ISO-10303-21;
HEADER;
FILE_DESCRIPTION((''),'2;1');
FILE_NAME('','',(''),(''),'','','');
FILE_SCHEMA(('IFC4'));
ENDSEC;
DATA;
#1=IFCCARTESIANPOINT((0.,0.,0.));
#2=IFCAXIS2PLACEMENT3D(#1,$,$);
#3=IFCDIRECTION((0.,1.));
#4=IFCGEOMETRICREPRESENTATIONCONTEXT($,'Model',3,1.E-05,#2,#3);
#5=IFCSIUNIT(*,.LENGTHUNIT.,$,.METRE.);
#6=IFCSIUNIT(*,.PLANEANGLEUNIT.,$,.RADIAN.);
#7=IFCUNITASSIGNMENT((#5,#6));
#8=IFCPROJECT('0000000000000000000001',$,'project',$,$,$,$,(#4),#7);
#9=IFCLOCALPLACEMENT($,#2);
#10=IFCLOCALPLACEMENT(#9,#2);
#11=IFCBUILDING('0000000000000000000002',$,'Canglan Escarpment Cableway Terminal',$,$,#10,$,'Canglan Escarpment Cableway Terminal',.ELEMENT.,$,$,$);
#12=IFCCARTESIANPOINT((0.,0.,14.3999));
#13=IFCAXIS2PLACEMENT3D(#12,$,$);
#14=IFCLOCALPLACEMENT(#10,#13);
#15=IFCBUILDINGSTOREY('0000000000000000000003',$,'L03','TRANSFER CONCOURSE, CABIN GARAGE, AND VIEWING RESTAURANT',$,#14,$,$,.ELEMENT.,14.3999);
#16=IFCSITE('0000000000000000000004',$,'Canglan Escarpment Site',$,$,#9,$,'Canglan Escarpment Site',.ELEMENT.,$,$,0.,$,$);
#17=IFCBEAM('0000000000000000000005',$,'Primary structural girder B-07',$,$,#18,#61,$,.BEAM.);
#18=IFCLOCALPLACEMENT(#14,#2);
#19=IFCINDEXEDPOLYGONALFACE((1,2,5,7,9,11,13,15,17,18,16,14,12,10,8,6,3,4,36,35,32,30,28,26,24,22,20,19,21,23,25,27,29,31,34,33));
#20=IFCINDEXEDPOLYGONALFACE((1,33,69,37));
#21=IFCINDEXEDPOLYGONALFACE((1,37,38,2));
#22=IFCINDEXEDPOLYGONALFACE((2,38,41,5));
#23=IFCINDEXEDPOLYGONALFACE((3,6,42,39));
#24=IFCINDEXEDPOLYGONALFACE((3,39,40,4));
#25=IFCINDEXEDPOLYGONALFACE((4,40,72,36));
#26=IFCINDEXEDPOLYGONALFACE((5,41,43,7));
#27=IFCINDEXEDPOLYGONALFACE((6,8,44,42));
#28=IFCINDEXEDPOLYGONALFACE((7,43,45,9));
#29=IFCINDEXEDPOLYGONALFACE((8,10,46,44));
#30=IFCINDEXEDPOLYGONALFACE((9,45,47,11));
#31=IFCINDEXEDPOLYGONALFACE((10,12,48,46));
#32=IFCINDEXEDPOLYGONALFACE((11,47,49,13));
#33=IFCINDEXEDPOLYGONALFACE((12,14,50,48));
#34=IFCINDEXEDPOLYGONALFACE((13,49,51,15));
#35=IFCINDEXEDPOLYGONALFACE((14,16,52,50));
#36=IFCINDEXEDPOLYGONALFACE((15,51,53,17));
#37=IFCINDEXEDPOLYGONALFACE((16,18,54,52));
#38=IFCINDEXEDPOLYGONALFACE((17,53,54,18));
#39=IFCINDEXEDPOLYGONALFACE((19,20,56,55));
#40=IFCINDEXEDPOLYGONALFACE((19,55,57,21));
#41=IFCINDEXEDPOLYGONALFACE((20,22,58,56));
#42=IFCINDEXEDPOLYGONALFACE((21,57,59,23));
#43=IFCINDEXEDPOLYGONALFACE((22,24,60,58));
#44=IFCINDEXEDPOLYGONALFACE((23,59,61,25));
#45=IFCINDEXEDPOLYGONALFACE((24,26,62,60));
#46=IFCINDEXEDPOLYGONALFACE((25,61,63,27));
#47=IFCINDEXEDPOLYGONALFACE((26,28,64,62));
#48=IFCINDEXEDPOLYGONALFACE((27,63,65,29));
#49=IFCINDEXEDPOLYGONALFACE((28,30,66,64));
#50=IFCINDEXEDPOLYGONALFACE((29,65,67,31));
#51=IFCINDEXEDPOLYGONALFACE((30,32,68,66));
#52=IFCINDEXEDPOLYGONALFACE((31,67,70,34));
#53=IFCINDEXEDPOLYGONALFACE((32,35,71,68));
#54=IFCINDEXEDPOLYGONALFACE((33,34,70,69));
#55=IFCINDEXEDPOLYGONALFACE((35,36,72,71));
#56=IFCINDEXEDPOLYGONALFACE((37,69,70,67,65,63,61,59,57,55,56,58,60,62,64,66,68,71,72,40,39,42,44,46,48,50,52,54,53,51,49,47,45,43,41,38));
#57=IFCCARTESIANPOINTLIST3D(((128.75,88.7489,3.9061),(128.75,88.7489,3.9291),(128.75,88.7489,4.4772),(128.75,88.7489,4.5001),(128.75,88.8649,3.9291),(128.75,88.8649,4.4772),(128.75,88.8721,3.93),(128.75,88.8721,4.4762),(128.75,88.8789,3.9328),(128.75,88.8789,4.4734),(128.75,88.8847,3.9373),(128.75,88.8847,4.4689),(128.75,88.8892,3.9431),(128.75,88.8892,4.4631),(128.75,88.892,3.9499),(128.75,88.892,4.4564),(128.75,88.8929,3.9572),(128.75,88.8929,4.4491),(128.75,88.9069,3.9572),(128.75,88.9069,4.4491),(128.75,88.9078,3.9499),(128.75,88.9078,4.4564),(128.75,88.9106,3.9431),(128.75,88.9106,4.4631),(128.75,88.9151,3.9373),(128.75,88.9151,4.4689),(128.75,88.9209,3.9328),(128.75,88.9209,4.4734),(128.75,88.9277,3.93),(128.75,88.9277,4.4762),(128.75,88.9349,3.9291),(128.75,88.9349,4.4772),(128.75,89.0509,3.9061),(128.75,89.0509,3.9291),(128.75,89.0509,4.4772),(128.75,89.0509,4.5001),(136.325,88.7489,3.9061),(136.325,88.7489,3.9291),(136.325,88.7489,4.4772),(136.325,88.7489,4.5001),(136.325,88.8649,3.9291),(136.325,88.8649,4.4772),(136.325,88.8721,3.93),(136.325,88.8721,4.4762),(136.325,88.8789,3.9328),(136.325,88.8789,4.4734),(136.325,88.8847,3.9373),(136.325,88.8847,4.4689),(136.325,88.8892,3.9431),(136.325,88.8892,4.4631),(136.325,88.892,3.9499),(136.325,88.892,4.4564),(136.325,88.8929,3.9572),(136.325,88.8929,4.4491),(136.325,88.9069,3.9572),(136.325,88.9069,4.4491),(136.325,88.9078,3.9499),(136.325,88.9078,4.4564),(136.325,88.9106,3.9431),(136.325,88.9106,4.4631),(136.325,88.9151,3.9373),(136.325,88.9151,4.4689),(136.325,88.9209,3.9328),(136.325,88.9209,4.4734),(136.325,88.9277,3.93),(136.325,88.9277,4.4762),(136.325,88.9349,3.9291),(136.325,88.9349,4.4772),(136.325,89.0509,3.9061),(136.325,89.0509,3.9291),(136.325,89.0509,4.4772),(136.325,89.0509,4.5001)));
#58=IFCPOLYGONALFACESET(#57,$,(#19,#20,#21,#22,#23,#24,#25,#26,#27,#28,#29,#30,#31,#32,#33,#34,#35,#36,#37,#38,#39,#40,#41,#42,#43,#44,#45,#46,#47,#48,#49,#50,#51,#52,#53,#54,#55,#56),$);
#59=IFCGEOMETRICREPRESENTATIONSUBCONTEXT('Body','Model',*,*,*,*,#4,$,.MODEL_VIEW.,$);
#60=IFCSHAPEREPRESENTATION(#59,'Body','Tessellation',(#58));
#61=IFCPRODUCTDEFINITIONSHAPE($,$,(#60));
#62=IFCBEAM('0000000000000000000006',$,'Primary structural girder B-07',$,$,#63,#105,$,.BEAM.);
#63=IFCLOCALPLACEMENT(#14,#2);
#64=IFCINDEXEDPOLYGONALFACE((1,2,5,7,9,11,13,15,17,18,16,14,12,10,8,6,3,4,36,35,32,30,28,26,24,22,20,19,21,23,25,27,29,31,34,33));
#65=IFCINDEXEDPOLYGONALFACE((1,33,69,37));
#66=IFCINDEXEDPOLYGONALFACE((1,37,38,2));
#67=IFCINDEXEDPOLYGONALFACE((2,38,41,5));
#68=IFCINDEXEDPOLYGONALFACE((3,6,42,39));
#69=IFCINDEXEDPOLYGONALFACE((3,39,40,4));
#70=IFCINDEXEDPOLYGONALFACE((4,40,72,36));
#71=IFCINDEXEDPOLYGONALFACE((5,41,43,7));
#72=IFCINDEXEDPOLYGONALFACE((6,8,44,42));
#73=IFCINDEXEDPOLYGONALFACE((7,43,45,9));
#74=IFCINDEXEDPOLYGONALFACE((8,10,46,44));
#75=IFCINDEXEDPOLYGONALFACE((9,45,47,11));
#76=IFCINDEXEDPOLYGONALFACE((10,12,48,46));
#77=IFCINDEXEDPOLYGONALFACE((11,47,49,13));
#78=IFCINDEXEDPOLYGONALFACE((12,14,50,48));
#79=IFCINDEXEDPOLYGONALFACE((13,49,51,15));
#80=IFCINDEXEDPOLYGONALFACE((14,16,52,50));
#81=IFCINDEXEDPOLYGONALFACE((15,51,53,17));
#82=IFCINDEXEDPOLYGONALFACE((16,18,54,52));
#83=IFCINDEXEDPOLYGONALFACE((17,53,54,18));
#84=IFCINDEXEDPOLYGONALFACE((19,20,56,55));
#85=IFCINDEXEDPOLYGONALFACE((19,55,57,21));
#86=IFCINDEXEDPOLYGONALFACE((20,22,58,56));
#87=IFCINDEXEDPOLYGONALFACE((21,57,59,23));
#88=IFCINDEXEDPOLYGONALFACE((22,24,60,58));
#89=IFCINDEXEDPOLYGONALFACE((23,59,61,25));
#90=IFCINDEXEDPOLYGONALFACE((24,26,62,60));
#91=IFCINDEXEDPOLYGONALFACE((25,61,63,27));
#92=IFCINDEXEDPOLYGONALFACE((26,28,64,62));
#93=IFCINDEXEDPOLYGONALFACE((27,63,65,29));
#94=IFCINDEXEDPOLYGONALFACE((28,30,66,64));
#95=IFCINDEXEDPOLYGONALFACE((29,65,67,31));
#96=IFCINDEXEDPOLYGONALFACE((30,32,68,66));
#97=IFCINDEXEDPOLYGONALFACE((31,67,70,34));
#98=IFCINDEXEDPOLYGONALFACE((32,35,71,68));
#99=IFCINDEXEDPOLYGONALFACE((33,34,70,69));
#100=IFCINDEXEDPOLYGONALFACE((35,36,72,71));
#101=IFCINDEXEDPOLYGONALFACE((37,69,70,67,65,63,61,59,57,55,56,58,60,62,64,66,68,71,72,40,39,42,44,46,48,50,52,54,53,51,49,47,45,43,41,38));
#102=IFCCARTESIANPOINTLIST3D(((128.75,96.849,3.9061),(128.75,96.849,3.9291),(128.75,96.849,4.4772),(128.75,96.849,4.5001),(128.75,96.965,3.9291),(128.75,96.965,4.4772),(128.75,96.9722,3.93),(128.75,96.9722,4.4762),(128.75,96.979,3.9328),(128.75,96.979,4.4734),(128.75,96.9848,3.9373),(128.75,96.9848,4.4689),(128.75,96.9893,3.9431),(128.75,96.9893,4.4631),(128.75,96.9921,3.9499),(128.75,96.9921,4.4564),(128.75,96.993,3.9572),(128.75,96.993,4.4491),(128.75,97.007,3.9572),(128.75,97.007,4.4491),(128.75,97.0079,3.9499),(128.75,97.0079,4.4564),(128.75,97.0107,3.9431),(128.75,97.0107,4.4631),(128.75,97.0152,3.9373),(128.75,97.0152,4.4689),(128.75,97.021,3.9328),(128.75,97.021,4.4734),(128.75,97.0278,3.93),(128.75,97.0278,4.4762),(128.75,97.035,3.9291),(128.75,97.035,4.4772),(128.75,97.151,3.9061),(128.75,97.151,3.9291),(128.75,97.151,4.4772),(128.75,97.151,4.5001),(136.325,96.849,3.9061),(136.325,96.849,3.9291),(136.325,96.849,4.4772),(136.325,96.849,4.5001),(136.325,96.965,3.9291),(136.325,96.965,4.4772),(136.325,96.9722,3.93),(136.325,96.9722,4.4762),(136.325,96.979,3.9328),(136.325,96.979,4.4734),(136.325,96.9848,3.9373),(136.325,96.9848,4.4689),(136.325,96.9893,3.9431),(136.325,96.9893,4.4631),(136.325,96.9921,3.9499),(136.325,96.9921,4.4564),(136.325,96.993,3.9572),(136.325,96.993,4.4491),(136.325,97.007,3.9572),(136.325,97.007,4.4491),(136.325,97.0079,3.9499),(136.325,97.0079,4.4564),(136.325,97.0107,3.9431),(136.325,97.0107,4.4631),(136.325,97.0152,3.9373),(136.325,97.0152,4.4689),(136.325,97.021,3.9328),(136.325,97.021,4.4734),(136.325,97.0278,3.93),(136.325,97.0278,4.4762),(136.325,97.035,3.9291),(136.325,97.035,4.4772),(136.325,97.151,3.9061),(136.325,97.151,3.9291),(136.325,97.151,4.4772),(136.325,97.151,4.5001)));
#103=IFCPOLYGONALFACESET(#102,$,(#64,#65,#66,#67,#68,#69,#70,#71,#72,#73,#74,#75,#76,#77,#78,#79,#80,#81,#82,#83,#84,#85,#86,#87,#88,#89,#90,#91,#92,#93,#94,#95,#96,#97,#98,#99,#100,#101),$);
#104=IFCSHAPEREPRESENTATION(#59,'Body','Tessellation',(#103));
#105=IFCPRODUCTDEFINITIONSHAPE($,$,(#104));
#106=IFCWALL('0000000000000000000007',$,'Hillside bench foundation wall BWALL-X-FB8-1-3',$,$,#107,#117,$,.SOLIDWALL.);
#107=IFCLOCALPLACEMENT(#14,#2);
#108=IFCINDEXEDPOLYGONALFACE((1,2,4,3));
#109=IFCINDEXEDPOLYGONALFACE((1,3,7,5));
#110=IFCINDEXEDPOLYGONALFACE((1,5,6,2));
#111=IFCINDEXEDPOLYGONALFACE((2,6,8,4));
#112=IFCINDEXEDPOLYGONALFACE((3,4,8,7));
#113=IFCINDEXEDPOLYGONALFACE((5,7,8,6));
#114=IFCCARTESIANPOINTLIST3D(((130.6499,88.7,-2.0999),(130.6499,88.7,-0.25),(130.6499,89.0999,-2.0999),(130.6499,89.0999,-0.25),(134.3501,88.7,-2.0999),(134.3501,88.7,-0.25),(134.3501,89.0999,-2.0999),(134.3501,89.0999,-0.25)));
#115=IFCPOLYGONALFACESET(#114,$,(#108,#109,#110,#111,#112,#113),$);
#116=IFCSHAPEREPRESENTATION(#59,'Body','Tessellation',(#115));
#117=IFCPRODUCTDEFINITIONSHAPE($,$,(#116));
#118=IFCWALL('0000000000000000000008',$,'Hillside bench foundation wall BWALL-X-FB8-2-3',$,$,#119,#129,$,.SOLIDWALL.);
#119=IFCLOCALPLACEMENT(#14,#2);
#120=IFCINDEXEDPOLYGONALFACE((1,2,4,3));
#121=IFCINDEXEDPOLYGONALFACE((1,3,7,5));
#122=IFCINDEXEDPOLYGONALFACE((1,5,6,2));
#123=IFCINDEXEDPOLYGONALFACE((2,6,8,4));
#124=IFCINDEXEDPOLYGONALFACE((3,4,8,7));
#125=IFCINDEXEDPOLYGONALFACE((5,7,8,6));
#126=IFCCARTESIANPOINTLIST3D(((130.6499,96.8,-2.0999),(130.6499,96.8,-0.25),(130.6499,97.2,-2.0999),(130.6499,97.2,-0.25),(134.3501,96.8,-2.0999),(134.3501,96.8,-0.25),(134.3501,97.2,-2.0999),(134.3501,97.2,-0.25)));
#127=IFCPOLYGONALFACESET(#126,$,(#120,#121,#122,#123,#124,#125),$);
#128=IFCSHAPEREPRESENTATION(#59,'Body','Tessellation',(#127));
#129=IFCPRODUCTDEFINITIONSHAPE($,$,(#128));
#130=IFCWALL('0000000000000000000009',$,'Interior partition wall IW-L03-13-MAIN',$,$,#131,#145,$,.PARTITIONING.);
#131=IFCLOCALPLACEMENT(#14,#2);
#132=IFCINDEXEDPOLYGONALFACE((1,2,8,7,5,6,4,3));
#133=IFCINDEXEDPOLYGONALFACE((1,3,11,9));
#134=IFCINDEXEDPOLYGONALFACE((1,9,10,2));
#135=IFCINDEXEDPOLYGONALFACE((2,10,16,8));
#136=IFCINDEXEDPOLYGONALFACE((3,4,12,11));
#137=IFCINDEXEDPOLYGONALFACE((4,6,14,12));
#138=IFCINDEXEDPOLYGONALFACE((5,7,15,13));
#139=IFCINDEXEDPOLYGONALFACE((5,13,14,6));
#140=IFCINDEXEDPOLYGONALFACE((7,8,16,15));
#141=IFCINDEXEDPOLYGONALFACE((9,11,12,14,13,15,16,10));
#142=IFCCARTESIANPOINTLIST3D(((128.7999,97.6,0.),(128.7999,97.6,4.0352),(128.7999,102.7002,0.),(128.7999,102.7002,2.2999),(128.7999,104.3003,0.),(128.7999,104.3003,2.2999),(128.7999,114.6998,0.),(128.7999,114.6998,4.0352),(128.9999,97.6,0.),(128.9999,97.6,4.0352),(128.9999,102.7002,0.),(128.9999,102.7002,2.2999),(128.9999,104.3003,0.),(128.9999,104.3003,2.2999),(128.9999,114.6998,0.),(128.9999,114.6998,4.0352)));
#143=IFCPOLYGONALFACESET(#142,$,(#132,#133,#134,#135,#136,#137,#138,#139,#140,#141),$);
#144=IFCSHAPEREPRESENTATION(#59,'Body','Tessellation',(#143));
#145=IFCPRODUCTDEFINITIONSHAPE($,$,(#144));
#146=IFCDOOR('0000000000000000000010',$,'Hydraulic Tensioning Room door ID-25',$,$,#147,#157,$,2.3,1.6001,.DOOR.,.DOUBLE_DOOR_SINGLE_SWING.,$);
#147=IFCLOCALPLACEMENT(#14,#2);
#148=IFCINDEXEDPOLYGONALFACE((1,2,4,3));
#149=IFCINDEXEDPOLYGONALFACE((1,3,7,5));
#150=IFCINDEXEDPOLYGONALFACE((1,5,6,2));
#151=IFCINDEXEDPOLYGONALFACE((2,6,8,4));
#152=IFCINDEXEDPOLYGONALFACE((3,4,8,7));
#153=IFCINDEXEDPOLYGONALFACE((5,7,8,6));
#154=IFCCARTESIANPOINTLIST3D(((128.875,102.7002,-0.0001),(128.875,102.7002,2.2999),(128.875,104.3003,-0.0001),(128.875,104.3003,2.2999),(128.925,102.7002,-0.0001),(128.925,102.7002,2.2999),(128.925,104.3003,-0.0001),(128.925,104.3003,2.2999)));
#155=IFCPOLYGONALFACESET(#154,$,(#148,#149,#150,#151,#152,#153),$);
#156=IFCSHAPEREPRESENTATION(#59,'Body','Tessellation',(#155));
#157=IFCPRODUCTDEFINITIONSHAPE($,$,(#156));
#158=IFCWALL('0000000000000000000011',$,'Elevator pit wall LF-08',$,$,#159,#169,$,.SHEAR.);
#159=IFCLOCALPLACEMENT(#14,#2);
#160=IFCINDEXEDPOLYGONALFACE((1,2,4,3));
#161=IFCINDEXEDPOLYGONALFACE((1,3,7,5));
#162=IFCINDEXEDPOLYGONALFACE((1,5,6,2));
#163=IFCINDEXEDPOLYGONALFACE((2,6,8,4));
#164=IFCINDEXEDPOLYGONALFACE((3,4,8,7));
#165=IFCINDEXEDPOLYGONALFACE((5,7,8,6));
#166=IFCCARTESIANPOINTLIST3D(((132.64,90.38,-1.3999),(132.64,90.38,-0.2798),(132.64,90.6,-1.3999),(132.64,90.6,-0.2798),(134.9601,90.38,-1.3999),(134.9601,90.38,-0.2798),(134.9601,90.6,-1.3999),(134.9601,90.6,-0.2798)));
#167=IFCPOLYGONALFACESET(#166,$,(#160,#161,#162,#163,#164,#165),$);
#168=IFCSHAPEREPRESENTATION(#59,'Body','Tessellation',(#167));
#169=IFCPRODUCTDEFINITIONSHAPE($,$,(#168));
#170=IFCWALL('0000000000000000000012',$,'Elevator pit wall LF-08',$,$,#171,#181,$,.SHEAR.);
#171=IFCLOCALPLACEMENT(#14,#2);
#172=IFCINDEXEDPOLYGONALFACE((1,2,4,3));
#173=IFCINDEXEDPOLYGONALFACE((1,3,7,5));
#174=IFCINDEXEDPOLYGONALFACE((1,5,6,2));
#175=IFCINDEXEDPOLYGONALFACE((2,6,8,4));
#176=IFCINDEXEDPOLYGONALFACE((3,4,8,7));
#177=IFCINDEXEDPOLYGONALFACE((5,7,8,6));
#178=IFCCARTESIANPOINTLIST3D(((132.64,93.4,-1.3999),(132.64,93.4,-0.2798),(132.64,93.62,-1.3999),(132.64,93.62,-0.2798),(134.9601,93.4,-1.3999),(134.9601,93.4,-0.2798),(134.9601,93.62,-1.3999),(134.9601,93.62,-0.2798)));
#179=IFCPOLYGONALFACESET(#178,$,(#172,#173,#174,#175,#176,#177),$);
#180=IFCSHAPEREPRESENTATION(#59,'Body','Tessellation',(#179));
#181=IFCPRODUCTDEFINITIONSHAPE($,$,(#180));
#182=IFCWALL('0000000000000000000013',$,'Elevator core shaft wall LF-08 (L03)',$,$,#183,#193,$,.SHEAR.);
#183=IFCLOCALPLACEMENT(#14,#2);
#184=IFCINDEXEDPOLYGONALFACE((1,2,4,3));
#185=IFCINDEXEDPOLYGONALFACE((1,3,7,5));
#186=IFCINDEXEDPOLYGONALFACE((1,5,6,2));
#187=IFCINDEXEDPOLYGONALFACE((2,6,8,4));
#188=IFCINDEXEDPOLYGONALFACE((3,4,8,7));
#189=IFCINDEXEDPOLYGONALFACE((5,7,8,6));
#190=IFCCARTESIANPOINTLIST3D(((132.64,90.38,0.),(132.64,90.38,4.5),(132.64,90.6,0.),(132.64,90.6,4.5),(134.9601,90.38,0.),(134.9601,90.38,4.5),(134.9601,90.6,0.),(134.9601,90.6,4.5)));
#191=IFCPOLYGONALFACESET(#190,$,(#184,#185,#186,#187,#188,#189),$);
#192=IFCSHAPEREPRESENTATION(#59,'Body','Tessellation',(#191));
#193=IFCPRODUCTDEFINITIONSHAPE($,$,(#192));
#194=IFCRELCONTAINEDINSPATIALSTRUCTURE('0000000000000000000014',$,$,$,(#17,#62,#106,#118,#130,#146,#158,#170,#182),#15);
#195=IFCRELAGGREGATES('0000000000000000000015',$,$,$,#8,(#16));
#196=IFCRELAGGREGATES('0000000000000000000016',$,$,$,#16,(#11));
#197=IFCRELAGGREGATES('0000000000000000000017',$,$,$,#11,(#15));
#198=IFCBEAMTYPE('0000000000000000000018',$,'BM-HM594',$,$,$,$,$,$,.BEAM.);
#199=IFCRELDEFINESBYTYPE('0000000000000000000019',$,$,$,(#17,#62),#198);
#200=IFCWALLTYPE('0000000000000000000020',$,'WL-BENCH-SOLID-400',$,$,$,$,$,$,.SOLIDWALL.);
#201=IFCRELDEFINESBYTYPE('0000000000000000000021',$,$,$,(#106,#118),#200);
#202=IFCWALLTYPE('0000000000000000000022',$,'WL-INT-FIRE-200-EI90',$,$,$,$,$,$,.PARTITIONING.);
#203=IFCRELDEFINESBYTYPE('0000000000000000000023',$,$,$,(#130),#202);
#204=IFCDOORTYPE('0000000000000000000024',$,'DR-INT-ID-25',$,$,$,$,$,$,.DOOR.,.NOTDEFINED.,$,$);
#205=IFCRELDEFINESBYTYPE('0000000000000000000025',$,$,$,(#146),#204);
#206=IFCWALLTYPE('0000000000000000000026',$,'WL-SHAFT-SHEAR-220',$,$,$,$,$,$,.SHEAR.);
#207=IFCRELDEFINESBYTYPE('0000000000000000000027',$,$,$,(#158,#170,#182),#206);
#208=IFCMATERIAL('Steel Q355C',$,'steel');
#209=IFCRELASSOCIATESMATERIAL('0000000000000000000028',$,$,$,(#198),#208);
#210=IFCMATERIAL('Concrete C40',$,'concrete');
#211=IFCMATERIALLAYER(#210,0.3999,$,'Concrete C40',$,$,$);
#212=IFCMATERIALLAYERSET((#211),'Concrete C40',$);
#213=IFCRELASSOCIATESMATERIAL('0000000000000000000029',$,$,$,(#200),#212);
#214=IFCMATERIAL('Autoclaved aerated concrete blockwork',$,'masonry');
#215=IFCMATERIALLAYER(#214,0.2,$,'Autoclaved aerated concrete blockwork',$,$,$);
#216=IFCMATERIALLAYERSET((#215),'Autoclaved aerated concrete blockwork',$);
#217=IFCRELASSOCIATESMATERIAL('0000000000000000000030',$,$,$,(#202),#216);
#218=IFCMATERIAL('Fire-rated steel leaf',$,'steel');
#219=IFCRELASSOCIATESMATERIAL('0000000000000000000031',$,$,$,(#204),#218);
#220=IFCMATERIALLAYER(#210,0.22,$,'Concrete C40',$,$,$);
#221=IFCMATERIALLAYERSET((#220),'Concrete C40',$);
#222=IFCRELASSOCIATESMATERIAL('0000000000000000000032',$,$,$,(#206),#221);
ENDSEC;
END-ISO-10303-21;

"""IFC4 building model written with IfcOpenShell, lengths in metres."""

from ifc_helpers import new_model, si_unit, direction, frame, frame_2d, origin, origin_2d, place, context, subcontext, project, spatial, rectangle, i_section, extrude, material, layer, layer_set, material_profile, profile_set, type_object, element, fill, save


model = new_model("IFC4")

# Units and contexts
model_context = context("Model", 3, precision=1e-05, world=origin(), true_north=direction((0.0, 1.0)))
body_context = subcontext(model_context, "Body", "Model", "MODEL_VIEW")
ifc_project = project(units=[si_unit("LENGTHUNIT", "METRE"), si_unit("PLANEANGLEUNIT", "RADIAN")], contexts=[model_context])

# Site, building, storey
site_placement = place(None, origin())
site = spatial("IfcSite", under=ifc_project, at=site_placement, Name="Canglan Escarpment Site", LongName="Canglan Escarpment Site", CompositionType="ELEMENT", RefElevation=0.0)
building_placement = place(site_placement, origin())
building = spatial("IfcBuilding", under=site, at=building_placement, Name="Canglan Escarpment Cableway Terminal", LongName="Canglan Escarpment Cableway Terminal", CompositionType="ELEMENT")
storey_placement = place(building_placement, frame((0.0, 0.0, 14.3999)))
storey = spatial("IfcBuildingStorey", under=building, at=storey_placement, Name="L03", Description="TRANSFER CONCOURSE, CABIN GARAGE, AND VIEWING RESTAURANT", CompositionType="ELEMENT", Elevation=14.3999)

# Shared definitions
ifc_material_1 = material(Name="Concrete C40", Category="concrete")

# Beams
ifc_material_2 = material(Name="Steel Q355C", Category="steel")
ifc_material_profile_1 = material_profile(ifc_material_2, i_section(OverallWidth=0.302, OverallDepth=0.594, WebThickness=0.0139, FlangeThickness=0.0229, FilletRadius=0.0281, at=origin_2d()), Name="HM 594x302x14x23")
ifc_profile_set_1 = profile_set([ifc_material_profile_1], Name="Steel Q355C")
beam_type = type_object("IfcBeamType", Name="BM-HM594", PredefinedType="BEAM", material=ifc_profile_set_1)
for number, where, z_axis, x_axis, name in (
    (1, (128.75, 88.8999, 4.2031), (1.0, 0.0, 0.0), (0.0, 1.0, 0.0), "Primary structural girder B-07"),
    (2, (128.75, 97.0, 4.2031), (1.0, 0.0, 0.0), (0.0, 1.0, 0.0), "Primary structural girder B-07"),
):
    element("IfcBeam", number, at=place(storey_placement, frame(where, z_axis=z_axis, x_axis=x_axis)), inside=storey, type_object=beam_type, Name=name, PredefinedType="BEAM", context=body_context, shape_type="SweptSolid", body=[
        extrude(i_section(OverallWidth=0.302, OverallDepth=0.594, WebThickness=0.0139, FlangeThickness=0.0229, FilletRadius=0.0281, at=origin_2d()), origin(), (0.0, 0.0, 1.0), 7.575),
    ])

# Walls
ifc_layer_1 = layer(ifc_material_1, 0.3999, Name="Concrete C40")
ifc_layer_set_1 = layer_set([ifc_layer_1], Name="Concrete C40")
wall_type_1 = type_object("IfcWallType", Name="WL-BENCH-SOLID-400", PredefinedType="SOLIDWALL", material=ifc_layer_set_1)
for number, where, z_axis, x_axis, name in (
    (3, (130.6499, 88.8999, -2.0999), (0.0, 0.0, 1.0), (1.0, 0.0, 0.0), "Hillside bench foundation wall BWALL-X-FB8-1-3"),
    (4, (130.6499, 97.0, -2.0999), (0.0, 0.0, 1.0), (1.0, 0.0, 0.0), "Hillside bench foundation wall BWALL-X-FB8-2-3"),
):
    element("IfcWall", number, at=place(storey_placement, frame(where, z_axis=z_axis, x_axis=x_axis)), inside=storey, type_object=wall_type_1, Name=name, PredefinedType="SOLIDWALL", context=body_context, shape_type="SweptSolid", body=[
        extrude(rectangle(XDim=3.7002, YDim=0.3999, at=frame_2d((1.8501, 0.0))), origin(), (0.0, 0.0, 1.0), 1.8499),
    ])

# Wall, opening, door
ifc_material_3 = material(Name="Autoclaved aerated concrete blockwork", Category="masonry")
ifc_layer_2 = layer(ifc_material_3, 0.2, Name="Autoclaved aerated concrete blockwork")
ifc_layer_set_2 = layer_set([ifc_layer_2], Name="Autoclaved aerated concrete blockwork")
wall_type_2 = type_object("IfcWallType", Name="WL-INT-FIRE-200-EI90", PredefinedType="PARTITIONING", material=ifc_layer_set_2)
wall_1_placement = place(storey_placement, frame((128.8999, 97.6001, 0.0), z_axis=(0.0, 0.0, 1.0), x_axis=(0.0, 1.0, 0.0)))
wall_1 = element("IfcWall", 5, at=wall_1_placement, inside=storey, type_object=wall_type_2, Name="Interior partition wall IW-L03-13-MAIN", PredefinedType="PARTITIONING", context=body_context, shape_type="SweptSolid", body=[
    extrude(rectangle(XDim=17.0999, YDim=0.2, at=frame_2d((8.5498, 0.0))), origin(), (0.0, 0.0, 1.0), 4.0352),
])
opening_1_placement = place(wall_1_placement, frame((5.1001, 0.0, 0.0)))
opening_1 = element("IfcOpeningElement", 6, at=opening_1_placement, cuts=wall_1, PredefinedType="OPENING", context=body_context, shape_type="SweptSolid", body=[
    extrude(rectangle(XDim=1.6001, YDim=2.3, at=frame_2d((0.8, 1.1499))), frame((0.0, 0.1099, 0.0), z_axis=(0.0, -1.0, 0.0), x_axis=(1.0, 0.0, 0.0)), (0.0, 0.0, 1.0), 0.22),
])
ifc_material_4 = material(Name="Fire-rated steel leaf", Category="steel")
door_type_1 = type_object("IfcDoorType", Name="DR-INT-ID-25", OperationType="NOTDEFINED", PredefinedType="DOOR", material=ifc_material_4)
door_1_placement = place(opening_1_placement, origin())
door_1 = element("IfcDoor", 7, at=door_1_placement, inside=storey, type_object=door_type_1, Name="Hydraulic Tensioning Room door ID-25", OperationType="DOUBLE_DOOR_SINGLE_SWING", OverallHeight=2.3, OverallWidth=1.6001, PredefinedType="DOOR", context=body_context, shape_type="SweptSolid", body=[
    extrude(rectangle(XDim=1.6001, YDim=2.3, at=frame_2d((0.8, 1.1499))), frame((0.0, 0.0249, 0.0), z_axis=(0.0, -1.0, 0.0), x_axis=(1.0, 0.0, 0.0)), (0.0, 0.0, 1.0), 0.05),
])
fill(opening_1, door_1)

# Walls
ifc_layer_3 = layer(ifc_material_1, 0.22, Name="Concrete C40")
ifc_layer_set_3 = layer_set([ifc_layer_3], Name="Concrete C40")
wall_type_3 = type_object("IfcWallType", Name="WL-SHAFT-SHEAR-220", PredefinedType="SHEAR", material=ifc_layer_set_3)
for number, where, z_axis, x_axis, name in (
    (8, (132.6399, 90.49, -1.3999), (0.0, 0.0, 1.0), (1.0, 0.0, 0.0), "Elevator pit wall LF-08"),
    (9, (132.6399, 93.51, -1.3999), (0.0, 0.0, 1.0), (1.0, 0.0, 0.0), "Elevator pit wall LF-08"),
):
    element("IfcWall", number, at=place(storey_placement, frame(where, z_axis=z_axis, x_axis=x_axis)), inside=storey, type_object=wall_type_3, Name=name, PredefinedType="SHEAR", context=body_context, shape_type="SweptSolid", body=[
        extrude(rectangle(XDim=2.3201, YDim=0.22, at=frame_2d((1.1602, 0.0))), origin(), (0.0, 0.0, 1.0), 1.1201),
    ])
wall_2_placement = place(storey_placement, frame((132.6399, 90.49, 0.0), z_axis=(0.0, 0.0, 1.0), x_axis=(1.0, 0.0, 0.0)))
element("IfcWall", 10, at=wall_2_placement, inside=storey, type_object=wall_type_3, Name="Elevator core shaft wall LF-08 (L03)", PredefinedType="SHEAR", context=body_context, shape_type="SweptSolid", body=[
    extrude(rectangle(XDim=2.3201, YDim=0.22, at=frame_2d((1.1602, 0.0))), origin(), (0.0, 0.0, 1.0), 4.5),
])

save(model, "model.ifc")
